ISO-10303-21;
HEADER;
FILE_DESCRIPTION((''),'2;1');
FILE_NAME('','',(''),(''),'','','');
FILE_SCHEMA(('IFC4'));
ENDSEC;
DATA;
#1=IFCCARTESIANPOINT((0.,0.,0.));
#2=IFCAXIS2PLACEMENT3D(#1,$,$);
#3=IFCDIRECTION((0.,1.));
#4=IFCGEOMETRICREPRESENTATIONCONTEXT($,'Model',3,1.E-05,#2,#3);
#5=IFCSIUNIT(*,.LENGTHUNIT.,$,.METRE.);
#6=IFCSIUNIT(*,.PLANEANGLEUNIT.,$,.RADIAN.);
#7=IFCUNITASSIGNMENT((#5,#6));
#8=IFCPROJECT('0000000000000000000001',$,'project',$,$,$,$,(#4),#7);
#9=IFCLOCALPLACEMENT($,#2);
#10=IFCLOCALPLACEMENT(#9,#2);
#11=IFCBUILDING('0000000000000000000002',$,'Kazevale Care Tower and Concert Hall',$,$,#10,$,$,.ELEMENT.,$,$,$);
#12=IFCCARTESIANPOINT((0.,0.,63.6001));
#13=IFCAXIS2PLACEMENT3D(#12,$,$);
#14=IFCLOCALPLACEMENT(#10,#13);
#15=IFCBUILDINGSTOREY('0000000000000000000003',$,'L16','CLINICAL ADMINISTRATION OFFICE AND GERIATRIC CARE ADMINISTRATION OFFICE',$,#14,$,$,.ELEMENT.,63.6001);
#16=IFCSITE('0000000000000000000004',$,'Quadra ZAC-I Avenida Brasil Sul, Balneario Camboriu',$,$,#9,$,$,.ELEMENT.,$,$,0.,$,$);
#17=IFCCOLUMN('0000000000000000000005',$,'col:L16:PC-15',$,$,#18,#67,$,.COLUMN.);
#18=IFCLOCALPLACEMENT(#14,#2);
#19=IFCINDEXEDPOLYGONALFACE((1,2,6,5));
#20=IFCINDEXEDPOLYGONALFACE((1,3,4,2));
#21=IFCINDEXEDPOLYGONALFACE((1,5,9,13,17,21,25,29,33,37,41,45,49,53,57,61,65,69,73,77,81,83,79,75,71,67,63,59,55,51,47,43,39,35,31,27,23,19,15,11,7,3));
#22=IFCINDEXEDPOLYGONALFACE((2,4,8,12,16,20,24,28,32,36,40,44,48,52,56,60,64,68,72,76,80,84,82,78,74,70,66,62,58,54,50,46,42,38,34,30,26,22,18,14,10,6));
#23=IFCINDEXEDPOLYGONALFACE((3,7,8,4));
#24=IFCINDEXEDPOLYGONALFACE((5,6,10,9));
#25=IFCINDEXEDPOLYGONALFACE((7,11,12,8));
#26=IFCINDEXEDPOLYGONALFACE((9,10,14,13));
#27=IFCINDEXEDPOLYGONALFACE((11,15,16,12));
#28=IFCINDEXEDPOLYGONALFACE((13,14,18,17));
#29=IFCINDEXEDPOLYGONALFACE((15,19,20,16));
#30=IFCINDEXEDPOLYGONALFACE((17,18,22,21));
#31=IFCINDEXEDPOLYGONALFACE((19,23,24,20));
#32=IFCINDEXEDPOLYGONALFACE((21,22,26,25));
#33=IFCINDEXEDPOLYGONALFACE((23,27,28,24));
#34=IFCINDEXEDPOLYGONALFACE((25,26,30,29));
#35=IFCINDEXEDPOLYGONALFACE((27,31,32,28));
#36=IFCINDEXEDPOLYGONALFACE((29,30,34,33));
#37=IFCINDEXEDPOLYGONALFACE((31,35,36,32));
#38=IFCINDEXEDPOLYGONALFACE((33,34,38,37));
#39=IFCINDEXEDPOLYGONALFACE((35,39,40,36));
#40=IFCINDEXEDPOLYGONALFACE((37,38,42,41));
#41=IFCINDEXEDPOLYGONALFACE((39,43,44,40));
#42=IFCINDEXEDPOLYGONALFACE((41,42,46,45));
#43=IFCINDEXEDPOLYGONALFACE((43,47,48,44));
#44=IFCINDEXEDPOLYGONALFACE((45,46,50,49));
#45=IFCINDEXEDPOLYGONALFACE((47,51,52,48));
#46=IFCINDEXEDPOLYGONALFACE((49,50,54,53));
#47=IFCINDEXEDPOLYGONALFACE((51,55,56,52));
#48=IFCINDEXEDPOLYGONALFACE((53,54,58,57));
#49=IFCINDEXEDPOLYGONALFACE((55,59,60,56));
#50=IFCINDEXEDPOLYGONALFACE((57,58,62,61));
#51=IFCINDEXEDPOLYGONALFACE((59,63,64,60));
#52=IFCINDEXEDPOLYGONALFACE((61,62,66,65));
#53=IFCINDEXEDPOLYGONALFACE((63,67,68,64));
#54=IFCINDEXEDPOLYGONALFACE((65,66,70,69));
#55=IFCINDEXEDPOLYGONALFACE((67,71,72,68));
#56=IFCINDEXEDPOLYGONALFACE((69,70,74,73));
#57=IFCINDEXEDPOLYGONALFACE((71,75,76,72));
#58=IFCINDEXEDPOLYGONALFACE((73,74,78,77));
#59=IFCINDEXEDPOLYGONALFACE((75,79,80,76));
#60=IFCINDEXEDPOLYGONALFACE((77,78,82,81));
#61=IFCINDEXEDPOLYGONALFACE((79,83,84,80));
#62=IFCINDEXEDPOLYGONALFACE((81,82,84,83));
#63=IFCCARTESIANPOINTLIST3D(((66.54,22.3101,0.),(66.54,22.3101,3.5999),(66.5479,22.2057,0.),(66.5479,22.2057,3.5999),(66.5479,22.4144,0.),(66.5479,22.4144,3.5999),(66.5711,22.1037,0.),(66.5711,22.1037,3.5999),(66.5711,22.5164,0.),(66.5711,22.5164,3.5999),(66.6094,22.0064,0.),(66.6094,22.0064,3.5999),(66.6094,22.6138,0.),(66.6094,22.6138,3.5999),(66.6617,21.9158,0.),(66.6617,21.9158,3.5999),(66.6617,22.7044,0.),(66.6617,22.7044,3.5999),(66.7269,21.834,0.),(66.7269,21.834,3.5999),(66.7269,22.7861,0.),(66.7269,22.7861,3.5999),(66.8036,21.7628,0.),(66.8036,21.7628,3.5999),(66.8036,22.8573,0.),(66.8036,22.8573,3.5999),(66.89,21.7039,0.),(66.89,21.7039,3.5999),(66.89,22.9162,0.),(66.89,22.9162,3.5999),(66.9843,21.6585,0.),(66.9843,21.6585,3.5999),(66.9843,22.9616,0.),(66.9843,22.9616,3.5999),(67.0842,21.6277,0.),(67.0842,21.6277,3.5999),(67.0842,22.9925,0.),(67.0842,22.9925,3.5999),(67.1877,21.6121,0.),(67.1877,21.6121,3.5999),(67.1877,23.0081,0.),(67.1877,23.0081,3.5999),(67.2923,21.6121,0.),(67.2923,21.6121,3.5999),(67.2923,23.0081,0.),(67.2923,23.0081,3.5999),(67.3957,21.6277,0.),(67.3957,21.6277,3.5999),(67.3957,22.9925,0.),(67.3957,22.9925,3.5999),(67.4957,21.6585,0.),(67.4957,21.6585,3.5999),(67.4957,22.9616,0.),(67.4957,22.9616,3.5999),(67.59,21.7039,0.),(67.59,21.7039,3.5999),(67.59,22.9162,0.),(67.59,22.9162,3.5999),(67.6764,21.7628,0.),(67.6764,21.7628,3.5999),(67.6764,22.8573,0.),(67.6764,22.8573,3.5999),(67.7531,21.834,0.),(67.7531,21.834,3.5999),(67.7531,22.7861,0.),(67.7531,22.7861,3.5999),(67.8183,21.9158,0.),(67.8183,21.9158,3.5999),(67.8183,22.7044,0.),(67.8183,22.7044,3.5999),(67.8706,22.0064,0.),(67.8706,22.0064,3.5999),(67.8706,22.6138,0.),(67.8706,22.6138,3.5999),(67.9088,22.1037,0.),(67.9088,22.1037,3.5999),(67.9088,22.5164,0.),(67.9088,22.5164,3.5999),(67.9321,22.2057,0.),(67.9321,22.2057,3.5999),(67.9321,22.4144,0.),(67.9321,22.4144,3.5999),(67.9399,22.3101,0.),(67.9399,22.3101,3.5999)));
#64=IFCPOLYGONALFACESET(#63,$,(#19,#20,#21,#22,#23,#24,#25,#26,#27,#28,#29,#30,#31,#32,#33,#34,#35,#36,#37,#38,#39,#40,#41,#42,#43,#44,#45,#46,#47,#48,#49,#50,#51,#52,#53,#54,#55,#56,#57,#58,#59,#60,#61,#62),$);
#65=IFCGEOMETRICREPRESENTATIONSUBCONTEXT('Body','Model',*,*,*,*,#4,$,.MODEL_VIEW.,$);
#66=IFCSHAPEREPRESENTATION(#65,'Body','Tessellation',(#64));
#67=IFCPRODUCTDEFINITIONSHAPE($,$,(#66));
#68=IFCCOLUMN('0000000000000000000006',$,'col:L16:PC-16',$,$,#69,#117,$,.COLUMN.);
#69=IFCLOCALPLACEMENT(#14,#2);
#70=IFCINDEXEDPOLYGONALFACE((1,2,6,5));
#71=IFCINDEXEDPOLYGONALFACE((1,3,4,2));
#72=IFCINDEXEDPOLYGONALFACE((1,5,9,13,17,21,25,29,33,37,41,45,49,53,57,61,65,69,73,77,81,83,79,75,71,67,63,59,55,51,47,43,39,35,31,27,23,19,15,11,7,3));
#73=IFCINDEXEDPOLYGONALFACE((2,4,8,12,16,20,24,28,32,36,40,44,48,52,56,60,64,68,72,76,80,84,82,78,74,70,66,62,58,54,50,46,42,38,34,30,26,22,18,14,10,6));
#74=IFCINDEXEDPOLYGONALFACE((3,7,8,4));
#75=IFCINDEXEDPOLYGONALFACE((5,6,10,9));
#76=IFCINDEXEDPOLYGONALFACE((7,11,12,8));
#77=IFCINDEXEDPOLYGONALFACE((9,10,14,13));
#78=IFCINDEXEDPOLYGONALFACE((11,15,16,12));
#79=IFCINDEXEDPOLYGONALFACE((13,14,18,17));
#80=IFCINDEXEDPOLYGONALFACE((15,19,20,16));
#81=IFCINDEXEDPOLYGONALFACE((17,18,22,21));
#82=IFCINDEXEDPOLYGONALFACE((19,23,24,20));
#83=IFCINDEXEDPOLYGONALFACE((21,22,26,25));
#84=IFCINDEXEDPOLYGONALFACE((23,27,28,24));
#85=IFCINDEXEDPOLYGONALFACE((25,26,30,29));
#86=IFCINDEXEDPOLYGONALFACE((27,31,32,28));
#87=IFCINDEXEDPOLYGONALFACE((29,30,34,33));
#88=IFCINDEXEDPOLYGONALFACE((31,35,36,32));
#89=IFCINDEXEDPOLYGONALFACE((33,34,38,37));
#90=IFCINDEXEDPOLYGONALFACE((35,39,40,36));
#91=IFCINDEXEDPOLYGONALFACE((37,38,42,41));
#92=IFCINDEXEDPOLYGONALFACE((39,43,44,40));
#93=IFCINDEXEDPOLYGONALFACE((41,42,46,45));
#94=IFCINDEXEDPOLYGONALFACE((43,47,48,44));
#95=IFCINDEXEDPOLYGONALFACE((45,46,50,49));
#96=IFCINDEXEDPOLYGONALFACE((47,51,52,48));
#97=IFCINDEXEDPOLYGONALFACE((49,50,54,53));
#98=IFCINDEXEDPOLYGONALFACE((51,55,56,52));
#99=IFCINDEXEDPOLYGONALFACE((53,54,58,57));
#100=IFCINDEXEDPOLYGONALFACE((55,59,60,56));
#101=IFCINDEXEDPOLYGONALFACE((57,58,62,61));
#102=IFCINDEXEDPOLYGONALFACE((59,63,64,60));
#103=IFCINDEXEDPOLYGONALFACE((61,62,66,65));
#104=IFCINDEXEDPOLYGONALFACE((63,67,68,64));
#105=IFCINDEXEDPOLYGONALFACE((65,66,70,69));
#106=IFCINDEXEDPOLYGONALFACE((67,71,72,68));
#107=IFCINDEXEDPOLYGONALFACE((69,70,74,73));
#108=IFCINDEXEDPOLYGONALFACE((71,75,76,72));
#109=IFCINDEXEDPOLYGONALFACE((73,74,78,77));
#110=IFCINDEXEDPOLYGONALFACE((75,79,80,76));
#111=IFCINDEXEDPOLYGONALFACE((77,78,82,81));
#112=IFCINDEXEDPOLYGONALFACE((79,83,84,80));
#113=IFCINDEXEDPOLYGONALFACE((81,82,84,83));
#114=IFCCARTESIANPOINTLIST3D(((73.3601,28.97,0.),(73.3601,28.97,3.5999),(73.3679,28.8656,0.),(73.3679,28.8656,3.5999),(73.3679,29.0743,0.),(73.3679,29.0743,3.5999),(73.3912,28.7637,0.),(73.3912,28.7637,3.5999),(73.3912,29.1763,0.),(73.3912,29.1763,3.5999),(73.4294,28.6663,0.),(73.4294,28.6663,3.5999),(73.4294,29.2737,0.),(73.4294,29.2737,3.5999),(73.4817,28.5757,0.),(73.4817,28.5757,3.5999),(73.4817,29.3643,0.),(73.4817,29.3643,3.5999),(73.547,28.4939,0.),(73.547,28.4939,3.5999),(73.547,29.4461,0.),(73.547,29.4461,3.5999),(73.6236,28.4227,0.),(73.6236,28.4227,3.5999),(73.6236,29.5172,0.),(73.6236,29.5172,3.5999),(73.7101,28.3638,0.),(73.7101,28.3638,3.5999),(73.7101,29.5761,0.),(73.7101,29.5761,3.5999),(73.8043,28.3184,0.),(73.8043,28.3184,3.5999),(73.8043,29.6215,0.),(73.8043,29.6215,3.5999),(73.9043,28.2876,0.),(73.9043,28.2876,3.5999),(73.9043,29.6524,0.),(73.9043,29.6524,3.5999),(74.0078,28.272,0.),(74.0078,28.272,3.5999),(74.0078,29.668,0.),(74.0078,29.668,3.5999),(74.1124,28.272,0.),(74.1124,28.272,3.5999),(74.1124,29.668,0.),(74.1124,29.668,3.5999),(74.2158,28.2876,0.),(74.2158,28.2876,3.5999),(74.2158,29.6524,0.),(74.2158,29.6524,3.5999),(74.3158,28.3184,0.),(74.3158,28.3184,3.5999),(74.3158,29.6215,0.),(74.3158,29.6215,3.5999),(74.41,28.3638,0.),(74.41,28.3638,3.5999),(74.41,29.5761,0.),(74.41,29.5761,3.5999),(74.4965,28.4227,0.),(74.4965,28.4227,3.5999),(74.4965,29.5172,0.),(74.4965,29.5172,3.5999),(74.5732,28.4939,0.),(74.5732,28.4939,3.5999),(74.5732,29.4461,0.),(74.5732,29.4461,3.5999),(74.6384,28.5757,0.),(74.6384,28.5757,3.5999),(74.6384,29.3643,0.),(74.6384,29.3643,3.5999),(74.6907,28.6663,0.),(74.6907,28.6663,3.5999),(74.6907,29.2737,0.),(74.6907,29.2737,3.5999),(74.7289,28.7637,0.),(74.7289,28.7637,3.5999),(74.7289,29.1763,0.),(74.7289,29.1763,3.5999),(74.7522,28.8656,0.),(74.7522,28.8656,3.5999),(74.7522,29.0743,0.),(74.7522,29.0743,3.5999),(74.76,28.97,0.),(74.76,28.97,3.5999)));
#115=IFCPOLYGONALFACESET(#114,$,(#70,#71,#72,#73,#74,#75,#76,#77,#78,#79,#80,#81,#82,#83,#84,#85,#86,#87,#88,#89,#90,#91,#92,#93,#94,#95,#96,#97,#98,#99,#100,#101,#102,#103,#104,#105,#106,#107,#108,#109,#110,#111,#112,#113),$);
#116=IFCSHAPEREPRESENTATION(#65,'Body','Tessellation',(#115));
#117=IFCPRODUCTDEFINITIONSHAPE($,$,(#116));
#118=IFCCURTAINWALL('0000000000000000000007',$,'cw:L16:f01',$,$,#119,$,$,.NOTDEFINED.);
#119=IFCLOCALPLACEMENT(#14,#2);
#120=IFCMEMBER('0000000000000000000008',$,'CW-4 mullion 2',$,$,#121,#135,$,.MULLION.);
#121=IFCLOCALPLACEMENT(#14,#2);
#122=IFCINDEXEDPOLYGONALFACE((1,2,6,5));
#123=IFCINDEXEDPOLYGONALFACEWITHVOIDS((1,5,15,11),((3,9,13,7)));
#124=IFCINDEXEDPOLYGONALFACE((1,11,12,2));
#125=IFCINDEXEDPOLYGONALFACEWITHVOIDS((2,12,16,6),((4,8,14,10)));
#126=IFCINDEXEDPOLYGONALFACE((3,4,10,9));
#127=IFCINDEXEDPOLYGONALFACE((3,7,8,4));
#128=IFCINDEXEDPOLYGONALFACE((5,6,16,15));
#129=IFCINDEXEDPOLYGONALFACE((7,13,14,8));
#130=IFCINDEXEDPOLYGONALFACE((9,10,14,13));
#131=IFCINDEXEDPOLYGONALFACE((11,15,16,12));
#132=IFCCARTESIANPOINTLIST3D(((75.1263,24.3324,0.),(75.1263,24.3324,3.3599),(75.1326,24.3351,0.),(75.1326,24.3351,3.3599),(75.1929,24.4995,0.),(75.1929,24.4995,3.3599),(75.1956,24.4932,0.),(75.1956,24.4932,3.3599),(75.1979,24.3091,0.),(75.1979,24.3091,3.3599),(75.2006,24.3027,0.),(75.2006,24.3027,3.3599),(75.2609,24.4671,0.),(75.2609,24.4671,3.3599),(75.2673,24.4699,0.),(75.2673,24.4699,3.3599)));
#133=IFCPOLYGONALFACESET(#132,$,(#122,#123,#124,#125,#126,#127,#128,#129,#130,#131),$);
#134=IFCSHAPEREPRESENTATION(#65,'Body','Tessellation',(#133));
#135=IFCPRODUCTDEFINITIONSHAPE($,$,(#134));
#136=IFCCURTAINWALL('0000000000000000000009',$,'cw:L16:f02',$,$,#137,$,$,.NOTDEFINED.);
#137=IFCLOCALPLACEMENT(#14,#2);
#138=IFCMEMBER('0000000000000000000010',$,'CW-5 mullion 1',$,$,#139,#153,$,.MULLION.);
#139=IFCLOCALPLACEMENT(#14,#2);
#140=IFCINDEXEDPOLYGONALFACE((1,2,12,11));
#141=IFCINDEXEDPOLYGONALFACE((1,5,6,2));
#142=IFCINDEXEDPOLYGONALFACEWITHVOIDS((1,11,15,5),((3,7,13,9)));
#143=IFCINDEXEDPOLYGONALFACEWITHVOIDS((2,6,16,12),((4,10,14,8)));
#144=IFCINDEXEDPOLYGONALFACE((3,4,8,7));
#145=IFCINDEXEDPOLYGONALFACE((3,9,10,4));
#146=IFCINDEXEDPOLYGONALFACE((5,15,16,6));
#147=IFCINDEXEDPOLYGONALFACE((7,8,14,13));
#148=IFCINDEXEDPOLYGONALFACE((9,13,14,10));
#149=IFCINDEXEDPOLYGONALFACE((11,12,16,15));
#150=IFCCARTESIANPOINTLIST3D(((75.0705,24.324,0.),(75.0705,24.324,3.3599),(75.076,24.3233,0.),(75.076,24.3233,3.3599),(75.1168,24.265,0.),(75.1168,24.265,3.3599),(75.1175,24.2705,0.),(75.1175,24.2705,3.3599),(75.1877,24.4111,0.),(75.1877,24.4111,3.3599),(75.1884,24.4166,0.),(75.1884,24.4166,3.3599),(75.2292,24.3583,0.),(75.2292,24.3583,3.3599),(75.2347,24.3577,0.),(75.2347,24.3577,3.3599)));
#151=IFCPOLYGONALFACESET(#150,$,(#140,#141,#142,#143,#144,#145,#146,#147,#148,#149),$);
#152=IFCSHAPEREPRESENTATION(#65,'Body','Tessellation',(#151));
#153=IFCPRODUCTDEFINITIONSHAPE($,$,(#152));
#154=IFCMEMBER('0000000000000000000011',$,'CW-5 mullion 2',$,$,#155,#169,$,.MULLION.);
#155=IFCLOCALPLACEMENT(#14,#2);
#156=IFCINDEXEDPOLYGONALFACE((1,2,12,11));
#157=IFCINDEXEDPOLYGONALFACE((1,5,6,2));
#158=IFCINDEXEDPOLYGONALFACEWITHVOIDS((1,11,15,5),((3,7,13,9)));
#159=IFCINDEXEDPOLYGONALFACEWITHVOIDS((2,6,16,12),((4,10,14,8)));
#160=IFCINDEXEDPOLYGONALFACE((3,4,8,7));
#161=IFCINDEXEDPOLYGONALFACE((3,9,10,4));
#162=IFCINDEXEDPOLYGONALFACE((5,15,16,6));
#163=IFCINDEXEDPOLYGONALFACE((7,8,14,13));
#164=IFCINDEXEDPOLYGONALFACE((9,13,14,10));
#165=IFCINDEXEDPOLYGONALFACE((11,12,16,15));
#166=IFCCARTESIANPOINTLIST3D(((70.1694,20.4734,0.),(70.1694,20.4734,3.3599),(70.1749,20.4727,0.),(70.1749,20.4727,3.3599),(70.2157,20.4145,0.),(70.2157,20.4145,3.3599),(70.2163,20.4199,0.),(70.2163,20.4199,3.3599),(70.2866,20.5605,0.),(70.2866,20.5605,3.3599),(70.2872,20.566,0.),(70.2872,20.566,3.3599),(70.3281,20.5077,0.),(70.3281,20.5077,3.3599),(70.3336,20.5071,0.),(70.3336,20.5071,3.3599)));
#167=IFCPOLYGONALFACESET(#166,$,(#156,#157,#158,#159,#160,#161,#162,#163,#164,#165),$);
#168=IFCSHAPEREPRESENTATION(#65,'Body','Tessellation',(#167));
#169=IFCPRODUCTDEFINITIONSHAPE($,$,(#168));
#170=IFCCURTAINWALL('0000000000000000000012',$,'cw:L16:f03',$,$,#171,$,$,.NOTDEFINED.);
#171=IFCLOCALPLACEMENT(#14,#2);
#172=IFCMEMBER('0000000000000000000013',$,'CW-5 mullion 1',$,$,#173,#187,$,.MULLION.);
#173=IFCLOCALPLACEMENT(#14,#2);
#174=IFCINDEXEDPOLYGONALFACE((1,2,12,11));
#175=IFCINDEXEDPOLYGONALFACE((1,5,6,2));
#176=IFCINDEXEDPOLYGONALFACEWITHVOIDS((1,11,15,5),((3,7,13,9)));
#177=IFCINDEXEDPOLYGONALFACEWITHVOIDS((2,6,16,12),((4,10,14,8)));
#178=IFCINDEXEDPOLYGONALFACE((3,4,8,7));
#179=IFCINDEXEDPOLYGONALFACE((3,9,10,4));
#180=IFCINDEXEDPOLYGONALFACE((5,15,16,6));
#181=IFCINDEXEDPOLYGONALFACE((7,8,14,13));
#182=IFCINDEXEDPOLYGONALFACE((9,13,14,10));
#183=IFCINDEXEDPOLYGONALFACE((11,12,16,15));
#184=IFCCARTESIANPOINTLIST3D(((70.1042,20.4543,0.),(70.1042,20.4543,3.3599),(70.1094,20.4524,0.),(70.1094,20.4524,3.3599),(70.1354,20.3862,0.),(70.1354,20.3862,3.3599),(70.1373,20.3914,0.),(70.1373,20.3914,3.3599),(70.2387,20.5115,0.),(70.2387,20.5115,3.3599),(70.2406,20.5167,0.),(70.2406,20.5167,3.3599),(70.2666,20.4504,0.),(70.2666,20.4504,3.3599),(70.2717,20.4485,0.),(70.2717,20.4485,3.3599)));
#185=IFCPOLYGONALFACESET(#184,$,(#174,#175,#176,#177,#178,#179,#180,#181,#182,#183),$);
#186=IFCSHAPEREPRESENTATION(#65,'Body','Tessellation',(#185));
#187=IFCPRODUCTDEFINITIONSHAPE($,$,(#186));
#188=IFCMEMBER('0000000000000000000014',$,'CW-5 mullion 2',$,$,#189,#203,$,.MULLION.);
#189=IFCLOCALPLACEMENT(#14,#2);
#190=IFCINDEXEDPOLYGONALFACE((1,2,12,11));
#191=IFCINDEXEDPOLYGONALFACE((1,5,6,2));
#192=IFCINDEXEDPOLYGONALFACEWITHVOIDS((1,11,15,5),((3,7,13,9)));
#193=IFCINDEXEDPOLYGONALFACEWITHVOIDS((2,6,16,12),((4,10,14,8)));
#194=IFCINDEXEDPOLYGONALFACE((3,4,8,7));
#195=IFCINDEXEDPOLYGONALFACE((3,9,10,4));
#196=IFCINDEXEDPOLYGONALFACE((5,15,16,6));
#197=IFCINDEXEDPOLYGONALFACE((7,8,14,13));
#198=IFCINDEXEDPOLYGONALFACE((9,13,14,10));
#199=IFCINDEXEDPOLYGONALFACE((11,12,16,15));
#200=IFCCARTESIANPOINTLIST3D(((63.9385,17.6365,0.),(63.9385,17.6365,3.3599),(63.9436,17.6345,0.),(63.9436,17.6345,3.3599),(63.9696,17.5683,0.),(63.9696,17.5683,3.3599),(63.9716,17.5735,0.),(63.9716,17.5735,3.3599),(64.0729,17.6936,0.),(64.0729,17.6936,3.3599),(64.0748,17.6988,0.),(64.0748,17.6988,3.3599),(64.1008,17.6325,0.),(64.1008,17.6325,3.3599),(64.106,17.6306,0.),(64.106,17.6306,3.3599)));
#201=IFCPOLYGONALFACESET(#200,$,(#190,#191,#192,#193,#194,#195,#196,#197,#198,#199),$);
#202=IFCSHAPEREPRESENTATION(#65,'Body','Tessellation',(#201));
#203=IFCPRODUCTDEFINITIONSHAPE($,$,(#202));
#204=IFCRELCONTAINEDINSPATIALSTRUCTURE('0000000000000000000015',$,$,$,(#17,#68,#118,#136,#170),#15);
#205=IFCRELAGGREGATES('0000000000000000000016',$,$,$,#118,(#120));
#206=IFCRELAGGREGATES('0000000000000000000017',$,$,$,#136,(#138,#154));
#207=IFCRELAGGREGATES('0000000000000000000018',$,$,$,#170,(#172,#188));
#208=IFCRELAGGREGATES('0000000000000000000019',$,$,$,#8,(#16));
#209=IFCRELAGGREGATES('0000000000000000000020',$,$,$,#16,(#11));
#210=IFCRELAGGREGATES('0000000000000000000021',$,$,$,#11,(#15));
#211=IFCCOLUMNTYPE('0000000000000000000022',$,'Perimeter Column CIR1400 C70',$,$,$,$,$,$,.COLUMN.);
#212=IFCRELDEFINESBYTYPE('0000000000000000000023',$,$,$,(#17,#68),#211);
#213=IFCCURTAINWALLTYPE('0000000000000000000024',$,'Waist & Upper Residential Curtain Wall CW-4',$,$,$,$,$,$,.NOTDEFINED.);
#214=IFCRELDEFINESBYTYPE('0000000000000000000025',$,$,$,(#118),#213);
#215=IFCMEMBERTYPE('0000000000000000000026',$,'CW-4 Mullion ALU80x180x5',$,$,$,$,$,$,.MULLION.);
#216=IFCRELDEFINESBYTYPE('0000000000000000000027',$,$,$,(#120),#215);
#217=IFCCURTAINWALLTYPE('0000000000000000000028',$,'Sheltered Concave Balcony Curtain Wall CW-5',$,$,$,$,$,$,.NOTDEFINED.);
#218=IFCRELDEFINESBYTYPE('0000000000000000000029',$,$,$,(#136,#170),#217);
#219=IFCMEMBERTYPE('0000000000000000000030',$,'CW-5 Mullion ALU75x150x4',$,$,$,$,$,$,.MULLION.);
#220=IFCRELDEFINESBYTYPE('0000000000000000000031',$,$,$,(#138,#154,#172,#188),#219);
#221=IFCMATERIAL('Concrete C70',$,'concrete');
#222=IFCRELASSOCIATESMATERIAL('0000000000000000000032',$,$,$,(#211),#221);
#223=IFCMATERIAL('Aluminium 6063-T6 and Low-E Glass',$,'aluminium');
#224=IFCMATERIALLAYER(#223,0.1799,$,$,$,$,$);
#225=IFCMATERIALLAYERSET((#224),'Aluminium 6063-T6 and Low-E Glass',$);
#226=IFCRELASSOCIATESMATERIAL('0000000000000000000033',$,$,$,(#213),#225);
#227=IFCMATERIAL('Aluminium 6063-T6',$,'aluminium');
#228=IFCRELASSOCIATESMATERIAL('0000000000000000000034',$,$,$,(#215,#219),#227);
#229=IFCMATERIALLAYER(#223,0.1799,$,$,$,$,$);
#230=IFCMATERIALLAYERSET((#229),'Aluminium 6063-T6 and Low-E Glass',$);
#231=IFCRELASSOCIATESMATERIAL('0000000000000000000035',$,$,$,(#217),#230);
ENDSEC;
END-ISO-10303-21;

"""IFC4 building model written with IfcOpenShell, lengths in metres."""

from ifc_helpers import new_model, si_unit, direction, frame, origin, origin_2d, place, context, subcontext, project, spatial, hollow_rectangle, circle, extrude, material, layer, layer_set, material_profile, profile_set, type_object, element, aggregate, save


model = new_model("IFC4")

# Units and contexts
model_context = context("Model", 3, precision=1e-05, world=origin(), true_north=direction((0.0, 1.0)))
body_context = subcontext(model_context, "Body", "Model", "MODEL_VIEW")
ifc_project = project(units=[si_unit("LENGTHUNIT", "METRE"), si_unit("PLANEANGLEUNIT", "RADIAN")], contexts=[model_context])

# Site, building, storey
site_placement = place(None, origin())
site = spatial("IfcSite", under=ifc_project, at=site_placement, Name="Quadra ZAC-I Avenida Brasil Sul, Balneario Camboriu", CompositionType="ELEMENT", RefElevation=0.0)
building_placement = place(site_placement, origin())
building = spatial("IfcBuilding", under=site, at=building_placement, Name="Kazevale Care Tower and Concert Hall", CompositionType="ELEMENT")
storey_placement = place(building_placement, frame((0.0, 0.0, 63.6001)))
storey = spatial("IfcBuildingStorey", under=building, at=storey_placement, Name="L16", Description="CLINICAL ADMINISTRATION OFFICE AND GERIATRIC CARE ADMINISTRATION OFFICE", CompositionType="ELEMENT", Elevation=63.6001)

# Columns
ifc_material_1 = material(Name="Concrete C70", Category="concrete")
ifc_material_profile_1 = material_profile(ifc_material_1, circle(Radius=0.7, at=origin_2d()), Name="RC-CIR1400")
ifc_profile_set_1 = profile_set([ifc_material_profile_1], Name="Concrete C70")
column_type = type_object("IfcColumnType", Name="Perimeter Column CIR1400 C70", PredefinedType="COLUMN", material=ifc_profile_set_1)
for number, where, z_axis, x_axis, name in (
    (1, (67.24, 22.3101, 0.0), (0.0, 0.0, 1.0), (1.0, 0.0, 0.0), "col:L16:PC-15"),
    (2, (74.0601, 28.97, 0.0), (0.0, 0.0, 1.0), (1.0, 0.0, 0.0), "col:L16:PC-16"),
):
    element("IfcColumn", number, at=place(storey_placement, frame(where, z_axis=z_axis, x_axis=x_axis)), inside=storey, type_object=column_type, Name=name, PredefinedType="COLUMN", context=body_context, shape_type="SweptSolid", body=[
        extrude(circle(Radius=0.7, at=origin_2d()), origin(), (0.0, 0.0, 1.0), 3.5999),
    ])

# Curtain wall, member
ifc_material_2 = material(Name="Aluminium 6063-T6 and Low-E Glass", Category="aluminium")
ifc_layer_1 = layer(ifc_material_2, 0.1799)
ifc_layer_set_1 = layer_set([ifc_layer_1], Name="Aluminium 6063-T6 and Low-E Glass")
curtain_wall_type_1 = type_object("IfcCurtainWallType", Name="Waist & Upper Residential Curtain Wall CW-4", PredefinedType="NOTDEFINED", material=ifc_layer_set_1)
curtain_wall_1_placement = place(storey_placement, origin())
curtain_wall_1 = element("IfcCurtainWall", 3, at=curtain_wall_1_placement, inside=storey, type_object=curtain_wall_type_1, Name="cw:L16:f01", PredefinedType="NOTDEFINED")
ifc_material_3 = material(Name="Aluminium 6063-T6", Category="aluminium")
ifc_material_profile_2 = material_profile(ifc_material_3, hollow_rectangle(XDim=0.0801, YDim=0.1799, WallThickness=0.0049, at=origin_2d()), Name="ALU80x180x5")
ifc_profile_set_2 = profile_set([ifc_material_profile_2], Name="Aluminium 6063-T6")
member_type_1 = type_object("IfcMemberType", Name="CW-4 Mullion ALU80x180x5", PredefinedType="MULLION", material=ifc_profile_set_2)
member_1_placement = place(storey_placement, frame((75.1968, 24.4011, 0.0), z_axis=(0.0, 0.0, 1.0), x_axis=(0.928861, -0.370427, 0.0)))
member_1 = element("IfcMember", 4, at=member_1_placement, type_object=member_type_1, Name="CW-4 mullion 2", PredefinedType="MULLION", context=body_context, shape_type="SweptSolid", body=[
    extrude(hollow_rectangle(XDim=0.0801, YDim=0.1799, WallThickness=0.0049, at=origin_2d()), origin(), (0.0, 0.0, 1.0), 3.3599),
])
aggregate(curtain_wall_1, [member_1])

# Curtain walls, members
ifc_layer_2 = layer(ifc_material_2, 0.1799)
ifc_layer_set_2 = layer_set([ifc_layer_2], Name="Aluminium 6063-T6 and Low-E Glass")
curtain_wall_type_2 = type_object("IfcCurtainWallType", Name="Sheltered Concave Balcony Curtain Wall CW-5", PredefinedType="NOTDEFINED", material=ifc_layer_set_2)
curtain_wall_2_placement = place(storey_placement, origin())
curtain_wall_2 = element("IfcCurtainWall", 5, at=curtain_wall_2_placement, inside=storey, type_object=curtain_wall_type_2, Name="cw:L16:f02", PredefinedType="NOTDEFINED")
ifc_material_profile_3 = material_profile(ifc_material_3, hollow_rectangle(XDim=0.075, YDim=0.1499, WallThickness=0.0039, at=origin_2d()), Name="ALU75x150x4")
ifc_profile_set_3 = profile_set([ifc_material_profile_3], Name="Aluminium 6063-T6")
member_type_2 = type_object("IfcMemberType", Name="CW-5 Mullion ALU75x150x4", PredefinedType="MULLION", material=ifc_profile_set_3)
member_2_placement = place(storey_placement, frame((75.1526, 24.3408, 0.0), z_axis=(0.0, 0.0, 1.0), x_axis=(0.617808, -0.786329, 0.0)))
member_2 = element("IfcMember", 6, at=member_2_placement, type_object=member_type_2, Name="CW-5 mullion 1", PredefinedType="MULLION", context=body_context, shape_type="SweptSolid", body=[
    extrude(hollow_rectangle(XDim=0.075, YDim=0.1499, WallThickness=0.0039, at=origin_2d()), origin(), (0.0, 0.0, 1.0), 3.3599),
])
member_3_placement = place(storey_placement, frame((70.2515, 20.4902, 0.0), z_axis=(0.0, 0.0, 1.0), x_axis=(0.617808, -0.786329, 0.0)))
member_3 = element("IfcMember", 7, at=member_3_placement, type_object=member_type_2, Name="CW-5 mullion 2", PredefinedType="MULLION", context=body_context, shape_type="SweptSolid", body=[
    extrude(hollow_rectangle(XDim=0.075, YDim=0.1499, WallThickness=0.0039, at=origin_2d()), origin(), (0.0, 0.0, 1.0), 3.3599),
])
curtain_wall_3_placement = place(storey_placement, origin())
curtain_wall_3 = element("IfcCurtainWall", 8, at=curtain_wall_3_placement, inside=storey, type_object=curtain_wall_type_2, Name="cw:L16:f03", PredefinedType="NOTDEFINED")
member_4_placement = place(storey_placement, frame((70.188, 20.4514, 0.0), z_axis=(0.0, 0.0, 1.0), x_axis=(0.41566, -0.90952, 0.0)))
member_4 = element("IfcMember", 9, at=member_4_placement, type_object=member_type_2, Name="CW-5 mullion 1", PredefinedType="MULLION", context=body_context, shape_type="SweptSolid", body=[
    extrude(hollow_rectangle(XDim=0.075, YDim=0.1499, WallThickness=0.0039, at=origin_2d()), origin(), (0.0, 0.0, 1.0), 3.3599),
])
member_5_placement = place(storey_placement, frame((64.0222, 17.6335, 0.0), z_axis=(0.0, 0.0, 1.0), x_axis=(0.41566, -0.90952, 0.0)))
member_5 = element("IfcMember", 10, at=member_5_placement, type_object=member_type_2, Name="CW-5 mullion 2", PredefinedType="MULLION", context=body_context, shape_type="SweptSolid", body=[
    extrude(hollow_rectangle(XDim=0.075, YDim=0.1499, WallThickness=0.0039, at=origin_2d()), origin(), (0.0, 0.0, 1.0), 3.3599),
])

aggregate(curtain_wall_2, [member_2, member_3])
aggregate(curtain_wall_3, [member_4, member_5])

save(model, "model.ifc")
